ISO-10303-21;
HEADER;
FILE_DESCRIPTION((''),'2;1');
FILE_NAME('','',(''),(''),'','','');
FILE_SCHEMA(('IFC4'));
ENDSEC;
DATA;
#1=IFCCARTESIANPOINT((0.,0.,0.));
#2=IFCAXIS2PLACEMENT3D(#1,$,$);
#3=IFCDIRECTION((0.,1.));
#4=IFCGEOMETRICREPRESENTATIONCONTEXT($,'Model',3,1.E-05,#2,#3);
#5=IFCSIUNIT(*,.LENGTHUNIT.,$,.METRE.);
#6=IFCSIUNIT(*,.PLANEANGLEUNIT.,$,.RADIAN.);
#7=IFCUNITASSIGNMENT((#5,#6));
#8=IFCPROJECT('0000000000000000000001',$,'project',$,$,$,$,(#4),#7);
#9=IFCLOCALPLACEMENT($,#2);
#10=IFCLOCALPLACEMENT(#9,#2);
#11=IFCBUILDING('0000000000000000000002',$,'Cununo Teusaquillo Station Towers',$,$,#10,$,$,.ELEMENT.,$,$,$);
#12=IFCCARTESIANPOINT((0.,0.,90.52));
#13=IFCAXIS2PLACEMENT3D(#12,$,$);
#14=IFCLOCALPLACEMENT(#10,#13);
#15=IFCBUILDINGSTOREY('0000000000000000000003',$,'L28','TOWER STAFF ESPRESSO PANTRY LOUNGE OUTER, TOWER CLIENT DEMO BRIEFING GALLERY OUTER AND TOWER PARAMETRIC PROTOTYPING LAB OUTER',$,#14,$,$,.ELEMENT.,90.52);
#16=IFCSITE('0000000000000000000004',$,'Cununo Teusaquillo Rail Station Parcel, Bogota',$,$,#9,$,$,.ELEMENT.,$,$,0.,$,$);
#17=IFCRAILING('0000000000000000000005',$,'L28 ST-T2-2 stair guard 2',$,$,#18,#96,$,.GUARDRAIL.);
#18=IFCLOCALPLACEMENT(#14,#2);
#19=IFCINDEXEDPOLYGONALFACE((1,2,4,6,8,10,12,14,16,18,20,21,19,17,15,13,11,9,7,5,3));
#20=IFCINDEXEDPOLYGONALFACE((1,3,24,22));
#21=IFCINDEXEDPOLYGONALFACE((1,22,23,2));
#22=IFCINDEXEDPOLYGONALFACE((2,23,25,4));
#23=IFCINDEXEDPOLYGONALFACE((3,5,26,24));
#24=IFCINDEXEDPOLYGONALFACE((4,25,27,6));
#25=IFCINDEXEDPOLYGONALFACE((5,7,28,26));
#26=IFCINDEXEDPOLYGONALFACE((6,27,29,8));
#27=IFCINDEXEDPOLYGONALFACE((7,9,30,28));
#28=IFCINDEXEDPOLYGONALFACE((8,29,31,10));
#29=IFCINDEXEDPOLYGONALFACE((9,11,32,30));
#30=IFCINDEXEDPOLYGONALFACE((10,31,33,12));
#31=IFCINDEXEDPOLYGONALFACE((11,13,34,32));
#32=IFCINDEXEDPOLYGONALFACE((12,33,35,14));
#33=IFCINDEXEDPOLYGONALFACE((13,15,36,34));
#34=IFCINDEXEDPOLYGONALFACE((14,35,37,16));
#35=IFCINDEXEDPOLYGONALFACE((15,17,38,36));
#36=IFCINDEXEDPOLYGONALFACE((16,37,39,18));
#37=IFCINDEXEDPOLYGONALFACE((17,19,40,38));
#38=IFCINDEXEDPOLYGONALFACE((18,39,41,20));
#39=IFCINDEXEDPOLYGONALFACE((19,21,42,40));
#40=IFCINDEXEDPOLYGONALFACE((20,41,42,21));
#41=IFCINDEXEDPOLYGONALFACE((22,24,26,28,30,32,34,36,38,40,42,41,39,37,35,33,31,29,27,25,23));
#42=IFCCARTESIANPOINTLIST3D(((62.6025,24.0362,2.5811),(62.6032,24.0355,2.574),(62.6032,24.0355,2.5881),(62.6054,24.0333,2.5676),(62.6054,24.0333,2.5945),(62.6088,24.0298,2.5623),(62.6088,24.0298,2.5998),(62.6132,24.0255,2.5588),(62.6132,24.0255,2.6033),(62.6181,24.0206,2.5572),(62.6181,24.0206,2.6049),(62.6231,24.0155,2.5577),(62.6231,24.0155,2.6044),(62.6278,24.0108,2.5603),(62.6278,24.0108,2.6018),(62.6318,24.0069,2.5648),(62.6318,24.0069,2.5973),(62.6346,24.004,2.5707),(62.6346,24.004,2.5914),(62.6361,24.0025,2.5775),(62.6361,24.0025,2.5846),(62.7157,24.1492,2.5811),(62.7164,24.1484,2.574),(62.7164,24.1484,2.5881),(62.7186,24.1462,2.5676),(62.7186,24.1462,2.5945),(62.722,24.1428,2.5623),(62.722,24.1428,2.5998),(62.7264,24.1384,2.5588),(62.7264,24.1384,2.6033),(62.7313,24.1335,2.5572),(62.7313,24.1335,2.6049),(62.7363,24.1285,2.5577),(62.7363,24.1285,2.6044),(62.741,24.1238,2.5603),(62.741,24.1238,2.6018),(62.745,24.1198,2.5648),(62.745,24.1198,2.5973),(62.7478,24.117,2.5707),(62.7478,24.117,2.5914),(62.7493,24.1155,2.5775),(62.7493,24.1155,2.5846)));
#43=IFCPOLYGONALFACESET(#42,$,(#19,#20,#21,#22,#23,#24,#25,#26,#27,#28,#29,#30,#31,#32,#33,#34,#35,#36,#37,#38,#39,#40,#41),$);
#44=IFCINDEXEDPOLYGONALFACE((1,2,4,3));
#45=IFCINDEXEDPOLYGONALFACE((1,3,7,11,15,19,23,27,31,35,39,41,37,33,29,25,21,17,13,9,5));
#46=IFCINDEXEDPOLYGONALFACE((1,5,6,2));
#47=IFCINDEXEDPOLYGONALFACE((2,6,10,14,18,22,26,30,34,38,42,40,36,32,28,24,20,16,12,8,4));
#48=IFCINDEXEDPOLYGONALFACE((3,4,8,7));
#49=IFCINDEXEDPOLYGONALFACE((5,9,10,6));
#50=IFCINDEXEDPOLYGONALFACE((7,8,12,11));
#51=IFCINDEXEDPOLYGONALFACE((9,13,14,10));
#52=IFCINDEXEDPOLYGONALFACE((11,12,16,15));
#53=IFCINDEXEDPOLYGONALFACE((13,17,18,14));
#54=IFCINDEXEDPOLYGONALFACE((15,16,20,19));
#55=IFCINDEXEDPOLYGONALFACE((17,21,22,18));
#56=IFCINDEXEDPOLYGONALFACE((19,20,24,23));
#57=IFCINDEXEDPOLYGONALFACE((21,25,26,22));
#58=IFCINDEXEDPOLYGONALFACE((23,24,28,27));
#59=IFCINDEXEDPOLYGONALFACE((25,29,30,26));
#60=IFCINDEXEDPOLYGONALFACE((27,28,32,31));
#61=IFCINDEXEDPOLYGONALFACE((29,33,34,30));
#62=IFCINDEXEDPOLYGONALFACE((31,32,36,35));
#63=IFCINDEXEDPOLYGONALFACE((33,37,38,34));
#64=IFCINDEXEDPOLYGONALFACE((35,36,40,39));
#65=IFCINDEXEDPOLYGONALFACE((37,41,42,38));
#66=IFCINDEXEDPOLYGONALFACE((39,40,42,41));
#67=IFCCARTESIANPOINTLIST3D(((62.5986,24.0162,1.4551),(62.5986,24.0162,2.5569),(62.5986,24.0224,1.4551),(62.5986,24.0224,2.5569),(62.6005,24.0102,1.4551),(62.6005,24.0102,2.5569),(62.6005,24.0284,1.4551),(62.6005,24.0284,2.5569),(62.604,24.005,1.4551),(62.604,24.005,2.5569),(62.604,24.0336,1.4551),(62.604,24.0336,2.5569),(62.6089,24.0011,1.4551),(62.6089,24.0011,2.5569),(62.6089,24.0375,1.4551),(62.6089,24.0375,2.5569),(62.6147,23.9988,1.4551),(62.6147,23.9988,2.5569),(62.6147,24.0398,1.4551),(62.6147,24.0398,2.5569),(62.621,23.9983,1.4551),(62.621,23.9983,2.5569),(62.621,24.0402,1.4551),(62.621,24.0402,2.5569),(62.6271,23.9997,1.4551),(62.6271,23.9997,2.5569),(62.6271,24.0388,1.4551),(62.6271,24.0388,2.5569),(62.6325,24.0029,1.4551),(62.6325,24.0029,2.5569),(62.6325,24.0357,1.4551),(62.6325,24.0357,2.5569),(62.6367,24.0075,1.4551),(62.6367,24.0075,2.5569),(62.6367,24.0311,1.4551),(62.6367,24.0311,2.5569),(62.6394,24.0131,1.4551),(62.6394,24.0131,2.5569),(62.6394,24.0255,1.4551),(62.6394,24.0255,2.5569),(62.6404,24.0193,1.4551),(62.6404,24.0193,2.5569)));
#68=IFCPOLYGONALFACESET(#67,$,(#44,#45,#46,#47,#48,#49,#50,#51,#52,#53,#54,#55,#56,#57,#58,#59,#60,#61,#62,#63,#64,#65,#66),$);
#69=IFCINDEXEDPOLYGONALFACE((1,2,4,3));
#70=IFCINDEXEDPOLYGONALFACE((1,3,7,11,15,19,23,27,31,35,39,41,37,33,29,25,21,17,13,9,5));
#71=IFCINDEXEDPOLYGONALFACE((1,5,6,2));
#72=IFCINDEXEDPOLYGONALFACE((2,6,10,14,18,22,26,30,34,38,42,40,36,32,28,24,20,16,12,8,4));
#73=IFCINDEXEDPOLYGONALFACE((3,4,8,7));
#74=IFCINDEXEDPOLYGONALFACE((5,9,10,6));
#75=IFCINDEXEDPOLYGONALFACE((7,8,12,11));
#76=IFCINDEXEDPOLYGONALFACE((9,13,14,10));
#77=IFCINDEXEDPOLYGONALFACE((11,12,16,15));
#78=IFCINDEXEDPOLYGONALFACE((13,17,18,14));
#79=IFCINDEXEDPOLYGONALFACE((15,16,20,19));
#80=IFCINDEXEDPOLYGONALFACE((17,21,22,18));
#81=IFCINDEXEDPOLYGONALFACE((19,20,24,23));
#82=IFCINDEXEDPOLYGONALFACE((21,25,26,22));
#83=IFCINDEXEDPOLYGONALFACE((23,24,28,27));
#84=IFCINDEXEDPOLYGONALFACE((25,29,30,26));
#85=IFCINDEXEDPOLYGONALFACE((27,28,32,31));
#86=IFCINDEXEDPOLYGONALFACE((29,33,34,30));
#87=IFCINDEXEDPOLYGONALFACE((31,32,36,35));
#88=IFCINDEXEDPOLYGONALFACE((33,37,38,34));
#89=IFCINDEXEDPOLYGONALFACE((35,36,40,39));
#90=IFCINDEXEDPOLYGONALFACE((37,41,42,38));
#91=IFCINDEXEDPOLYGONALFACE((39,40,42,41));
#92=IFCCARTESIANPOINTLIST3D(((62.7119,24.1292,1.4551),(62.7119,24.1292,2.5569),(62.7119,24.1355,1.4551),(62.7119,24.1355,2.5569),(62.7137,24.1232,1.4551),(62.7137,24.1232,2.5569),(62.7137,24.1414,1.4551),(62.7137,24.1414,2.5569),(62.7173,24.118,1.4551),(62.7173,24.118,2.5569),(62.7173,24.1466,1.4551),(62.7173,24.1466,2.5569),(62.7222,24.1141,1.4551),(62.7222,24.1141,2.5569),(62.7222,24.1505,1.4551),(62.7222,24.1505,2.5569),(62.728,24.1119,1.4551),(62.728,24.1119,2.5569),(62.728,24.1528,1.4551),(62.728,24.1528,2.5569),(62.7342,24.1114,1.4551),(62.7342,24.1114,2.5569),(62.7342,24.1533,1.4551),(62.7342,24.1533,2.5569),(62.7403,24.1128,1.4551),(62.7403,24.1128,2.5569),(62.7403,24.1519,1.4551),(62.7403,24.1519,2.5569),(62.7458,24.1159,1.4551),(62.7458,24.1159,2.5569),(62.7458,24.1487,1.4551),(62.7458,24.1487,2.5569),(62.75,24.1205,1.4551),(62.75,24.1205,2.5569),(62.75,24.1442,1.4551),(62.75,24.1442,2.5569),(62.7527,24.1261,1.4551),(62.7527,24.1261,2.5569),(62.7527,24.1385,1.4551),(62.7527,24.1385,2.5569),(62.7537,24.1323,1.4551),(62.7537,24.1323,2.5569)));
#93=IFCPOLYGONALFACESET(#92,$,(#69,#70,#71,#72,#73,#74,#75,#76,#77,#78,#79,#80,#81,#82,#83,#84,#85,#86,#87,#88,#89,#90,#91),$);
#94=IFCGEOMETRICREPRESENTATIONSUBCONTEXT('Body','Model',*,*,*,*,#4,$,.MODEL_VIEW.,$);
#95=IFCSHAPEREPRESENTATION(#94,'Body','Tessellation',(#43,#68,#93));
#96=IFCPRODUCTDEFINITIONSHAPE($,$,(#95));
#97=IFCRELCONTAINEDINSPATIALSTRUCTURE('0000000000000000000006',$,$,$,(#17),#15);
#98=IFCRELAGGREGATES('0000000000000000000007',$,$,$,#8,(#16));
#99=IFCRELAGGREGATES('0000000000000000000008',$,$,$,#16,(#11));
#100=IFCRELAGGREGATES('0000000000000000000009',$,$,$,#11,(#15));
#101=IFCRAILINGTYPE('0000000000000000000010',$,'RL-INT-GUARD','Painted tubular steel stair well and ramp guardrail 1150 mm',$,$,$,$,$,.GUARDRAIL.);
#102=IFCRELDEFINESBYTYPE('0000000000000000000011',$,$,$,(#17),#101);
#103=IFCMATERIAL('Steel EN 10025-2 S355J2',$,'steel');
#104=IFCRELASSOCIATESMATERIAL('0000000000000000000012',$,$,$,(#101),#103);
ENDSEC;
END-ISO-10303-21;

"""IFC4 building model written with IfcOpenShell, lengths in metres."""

from ifc_helpers import new_model, si_unit, direction, frame, origin, origin_2d, place, context, subcontext, project, spatial, circle, extrude, material, type_object, element, save


model = new_model("IFC4")

# Units and contexts
model_context = context("Model", 3, precision=1e-05, world=origin(), true_north=direction((0.0, 1.0)))
body_context = subcontext(model_context, "Body", "Model", "MODEL_VIEW")
ifc_project = project(units=[si_unit("LENGTHUNIT", "METRE"), si_unit("PLANEANGLEUNIT", "RADIAN")], contexts=[model_context])

# Site, building, storey
site_placement = place(None, origin())
site = spatial("IfcSite", under=ifc_project, at=site_placement, Name="Cununo Teusaquillo Rail Station Parcel, Bogota", CompositionType="ELEMENT", RefElevation=0.0)
building_placement = place(site_placement, origin())
building = spatial("IfcBuilding", under=site, at=building_placement, Name="Cununo Teusaquillo Station Towers", CompositionType="ELEMENT")
storey_placement = place(building_placement, frame((0.0, 0.0, 90.52)))
storey = spatial("IfcBuildingStorey", under=building, at=storey_placement, Name="L28", Description="TOWER STAFF ESPRESSO PANTRY LOUNGE OUTER, TOWER CLIENT DEMO BRIEFING GALLERY OUTER AND TOWER PARAMETRIC PROTOTYPING LAB OUTER", CompositionType="ELEMENT", Elevation=90.52)

# Railing
ifc_material_1 = material(Name="Steel EN 10025-2 S355J2", Category="steel")
railing_type_1 = type_object("IfcRailingType", Name="RL-INT-GUARD", Description="Painted tubular steel stair well and ramp guardrail 1150 mm", PredefinedType="GUARDRAIL", material=ifc_material_1)
railing_1_placement = place(storey_placement, frame((62.6194, 24.0193, 1.4551)))
element("IfcRailing", 1, at=railing_1_placement, inside=storey, type_object=railing_type_1, Name="L28 ST-T2-2 stair guard 2", PredefinedType="GUARDRAIL", context=body_context, shape_type="SweptSolid", body=[
    extrude(circle(Radius=0.0239, at=origin_2d()), frame((0.0, 0.0, 1.126), z_axis=(0.707869, 0.706344, 0.0), x_axis=(-0.706344, 0.707869, 0.0)), (0.0, 0.0, 1.0), 0.1599),
    extrude(circle(Radius=0.021, at=origin_2d()), origin(), (0.0, 0.0, 1.0), 1.1018),
    extrude(circle(Radius=0.021, at=origin_2d()), frame((0.1133, 0.113, 0.0)), (0.0, 0.0, 1.0), 1.1018),
])

save(model, "model.ifc")
